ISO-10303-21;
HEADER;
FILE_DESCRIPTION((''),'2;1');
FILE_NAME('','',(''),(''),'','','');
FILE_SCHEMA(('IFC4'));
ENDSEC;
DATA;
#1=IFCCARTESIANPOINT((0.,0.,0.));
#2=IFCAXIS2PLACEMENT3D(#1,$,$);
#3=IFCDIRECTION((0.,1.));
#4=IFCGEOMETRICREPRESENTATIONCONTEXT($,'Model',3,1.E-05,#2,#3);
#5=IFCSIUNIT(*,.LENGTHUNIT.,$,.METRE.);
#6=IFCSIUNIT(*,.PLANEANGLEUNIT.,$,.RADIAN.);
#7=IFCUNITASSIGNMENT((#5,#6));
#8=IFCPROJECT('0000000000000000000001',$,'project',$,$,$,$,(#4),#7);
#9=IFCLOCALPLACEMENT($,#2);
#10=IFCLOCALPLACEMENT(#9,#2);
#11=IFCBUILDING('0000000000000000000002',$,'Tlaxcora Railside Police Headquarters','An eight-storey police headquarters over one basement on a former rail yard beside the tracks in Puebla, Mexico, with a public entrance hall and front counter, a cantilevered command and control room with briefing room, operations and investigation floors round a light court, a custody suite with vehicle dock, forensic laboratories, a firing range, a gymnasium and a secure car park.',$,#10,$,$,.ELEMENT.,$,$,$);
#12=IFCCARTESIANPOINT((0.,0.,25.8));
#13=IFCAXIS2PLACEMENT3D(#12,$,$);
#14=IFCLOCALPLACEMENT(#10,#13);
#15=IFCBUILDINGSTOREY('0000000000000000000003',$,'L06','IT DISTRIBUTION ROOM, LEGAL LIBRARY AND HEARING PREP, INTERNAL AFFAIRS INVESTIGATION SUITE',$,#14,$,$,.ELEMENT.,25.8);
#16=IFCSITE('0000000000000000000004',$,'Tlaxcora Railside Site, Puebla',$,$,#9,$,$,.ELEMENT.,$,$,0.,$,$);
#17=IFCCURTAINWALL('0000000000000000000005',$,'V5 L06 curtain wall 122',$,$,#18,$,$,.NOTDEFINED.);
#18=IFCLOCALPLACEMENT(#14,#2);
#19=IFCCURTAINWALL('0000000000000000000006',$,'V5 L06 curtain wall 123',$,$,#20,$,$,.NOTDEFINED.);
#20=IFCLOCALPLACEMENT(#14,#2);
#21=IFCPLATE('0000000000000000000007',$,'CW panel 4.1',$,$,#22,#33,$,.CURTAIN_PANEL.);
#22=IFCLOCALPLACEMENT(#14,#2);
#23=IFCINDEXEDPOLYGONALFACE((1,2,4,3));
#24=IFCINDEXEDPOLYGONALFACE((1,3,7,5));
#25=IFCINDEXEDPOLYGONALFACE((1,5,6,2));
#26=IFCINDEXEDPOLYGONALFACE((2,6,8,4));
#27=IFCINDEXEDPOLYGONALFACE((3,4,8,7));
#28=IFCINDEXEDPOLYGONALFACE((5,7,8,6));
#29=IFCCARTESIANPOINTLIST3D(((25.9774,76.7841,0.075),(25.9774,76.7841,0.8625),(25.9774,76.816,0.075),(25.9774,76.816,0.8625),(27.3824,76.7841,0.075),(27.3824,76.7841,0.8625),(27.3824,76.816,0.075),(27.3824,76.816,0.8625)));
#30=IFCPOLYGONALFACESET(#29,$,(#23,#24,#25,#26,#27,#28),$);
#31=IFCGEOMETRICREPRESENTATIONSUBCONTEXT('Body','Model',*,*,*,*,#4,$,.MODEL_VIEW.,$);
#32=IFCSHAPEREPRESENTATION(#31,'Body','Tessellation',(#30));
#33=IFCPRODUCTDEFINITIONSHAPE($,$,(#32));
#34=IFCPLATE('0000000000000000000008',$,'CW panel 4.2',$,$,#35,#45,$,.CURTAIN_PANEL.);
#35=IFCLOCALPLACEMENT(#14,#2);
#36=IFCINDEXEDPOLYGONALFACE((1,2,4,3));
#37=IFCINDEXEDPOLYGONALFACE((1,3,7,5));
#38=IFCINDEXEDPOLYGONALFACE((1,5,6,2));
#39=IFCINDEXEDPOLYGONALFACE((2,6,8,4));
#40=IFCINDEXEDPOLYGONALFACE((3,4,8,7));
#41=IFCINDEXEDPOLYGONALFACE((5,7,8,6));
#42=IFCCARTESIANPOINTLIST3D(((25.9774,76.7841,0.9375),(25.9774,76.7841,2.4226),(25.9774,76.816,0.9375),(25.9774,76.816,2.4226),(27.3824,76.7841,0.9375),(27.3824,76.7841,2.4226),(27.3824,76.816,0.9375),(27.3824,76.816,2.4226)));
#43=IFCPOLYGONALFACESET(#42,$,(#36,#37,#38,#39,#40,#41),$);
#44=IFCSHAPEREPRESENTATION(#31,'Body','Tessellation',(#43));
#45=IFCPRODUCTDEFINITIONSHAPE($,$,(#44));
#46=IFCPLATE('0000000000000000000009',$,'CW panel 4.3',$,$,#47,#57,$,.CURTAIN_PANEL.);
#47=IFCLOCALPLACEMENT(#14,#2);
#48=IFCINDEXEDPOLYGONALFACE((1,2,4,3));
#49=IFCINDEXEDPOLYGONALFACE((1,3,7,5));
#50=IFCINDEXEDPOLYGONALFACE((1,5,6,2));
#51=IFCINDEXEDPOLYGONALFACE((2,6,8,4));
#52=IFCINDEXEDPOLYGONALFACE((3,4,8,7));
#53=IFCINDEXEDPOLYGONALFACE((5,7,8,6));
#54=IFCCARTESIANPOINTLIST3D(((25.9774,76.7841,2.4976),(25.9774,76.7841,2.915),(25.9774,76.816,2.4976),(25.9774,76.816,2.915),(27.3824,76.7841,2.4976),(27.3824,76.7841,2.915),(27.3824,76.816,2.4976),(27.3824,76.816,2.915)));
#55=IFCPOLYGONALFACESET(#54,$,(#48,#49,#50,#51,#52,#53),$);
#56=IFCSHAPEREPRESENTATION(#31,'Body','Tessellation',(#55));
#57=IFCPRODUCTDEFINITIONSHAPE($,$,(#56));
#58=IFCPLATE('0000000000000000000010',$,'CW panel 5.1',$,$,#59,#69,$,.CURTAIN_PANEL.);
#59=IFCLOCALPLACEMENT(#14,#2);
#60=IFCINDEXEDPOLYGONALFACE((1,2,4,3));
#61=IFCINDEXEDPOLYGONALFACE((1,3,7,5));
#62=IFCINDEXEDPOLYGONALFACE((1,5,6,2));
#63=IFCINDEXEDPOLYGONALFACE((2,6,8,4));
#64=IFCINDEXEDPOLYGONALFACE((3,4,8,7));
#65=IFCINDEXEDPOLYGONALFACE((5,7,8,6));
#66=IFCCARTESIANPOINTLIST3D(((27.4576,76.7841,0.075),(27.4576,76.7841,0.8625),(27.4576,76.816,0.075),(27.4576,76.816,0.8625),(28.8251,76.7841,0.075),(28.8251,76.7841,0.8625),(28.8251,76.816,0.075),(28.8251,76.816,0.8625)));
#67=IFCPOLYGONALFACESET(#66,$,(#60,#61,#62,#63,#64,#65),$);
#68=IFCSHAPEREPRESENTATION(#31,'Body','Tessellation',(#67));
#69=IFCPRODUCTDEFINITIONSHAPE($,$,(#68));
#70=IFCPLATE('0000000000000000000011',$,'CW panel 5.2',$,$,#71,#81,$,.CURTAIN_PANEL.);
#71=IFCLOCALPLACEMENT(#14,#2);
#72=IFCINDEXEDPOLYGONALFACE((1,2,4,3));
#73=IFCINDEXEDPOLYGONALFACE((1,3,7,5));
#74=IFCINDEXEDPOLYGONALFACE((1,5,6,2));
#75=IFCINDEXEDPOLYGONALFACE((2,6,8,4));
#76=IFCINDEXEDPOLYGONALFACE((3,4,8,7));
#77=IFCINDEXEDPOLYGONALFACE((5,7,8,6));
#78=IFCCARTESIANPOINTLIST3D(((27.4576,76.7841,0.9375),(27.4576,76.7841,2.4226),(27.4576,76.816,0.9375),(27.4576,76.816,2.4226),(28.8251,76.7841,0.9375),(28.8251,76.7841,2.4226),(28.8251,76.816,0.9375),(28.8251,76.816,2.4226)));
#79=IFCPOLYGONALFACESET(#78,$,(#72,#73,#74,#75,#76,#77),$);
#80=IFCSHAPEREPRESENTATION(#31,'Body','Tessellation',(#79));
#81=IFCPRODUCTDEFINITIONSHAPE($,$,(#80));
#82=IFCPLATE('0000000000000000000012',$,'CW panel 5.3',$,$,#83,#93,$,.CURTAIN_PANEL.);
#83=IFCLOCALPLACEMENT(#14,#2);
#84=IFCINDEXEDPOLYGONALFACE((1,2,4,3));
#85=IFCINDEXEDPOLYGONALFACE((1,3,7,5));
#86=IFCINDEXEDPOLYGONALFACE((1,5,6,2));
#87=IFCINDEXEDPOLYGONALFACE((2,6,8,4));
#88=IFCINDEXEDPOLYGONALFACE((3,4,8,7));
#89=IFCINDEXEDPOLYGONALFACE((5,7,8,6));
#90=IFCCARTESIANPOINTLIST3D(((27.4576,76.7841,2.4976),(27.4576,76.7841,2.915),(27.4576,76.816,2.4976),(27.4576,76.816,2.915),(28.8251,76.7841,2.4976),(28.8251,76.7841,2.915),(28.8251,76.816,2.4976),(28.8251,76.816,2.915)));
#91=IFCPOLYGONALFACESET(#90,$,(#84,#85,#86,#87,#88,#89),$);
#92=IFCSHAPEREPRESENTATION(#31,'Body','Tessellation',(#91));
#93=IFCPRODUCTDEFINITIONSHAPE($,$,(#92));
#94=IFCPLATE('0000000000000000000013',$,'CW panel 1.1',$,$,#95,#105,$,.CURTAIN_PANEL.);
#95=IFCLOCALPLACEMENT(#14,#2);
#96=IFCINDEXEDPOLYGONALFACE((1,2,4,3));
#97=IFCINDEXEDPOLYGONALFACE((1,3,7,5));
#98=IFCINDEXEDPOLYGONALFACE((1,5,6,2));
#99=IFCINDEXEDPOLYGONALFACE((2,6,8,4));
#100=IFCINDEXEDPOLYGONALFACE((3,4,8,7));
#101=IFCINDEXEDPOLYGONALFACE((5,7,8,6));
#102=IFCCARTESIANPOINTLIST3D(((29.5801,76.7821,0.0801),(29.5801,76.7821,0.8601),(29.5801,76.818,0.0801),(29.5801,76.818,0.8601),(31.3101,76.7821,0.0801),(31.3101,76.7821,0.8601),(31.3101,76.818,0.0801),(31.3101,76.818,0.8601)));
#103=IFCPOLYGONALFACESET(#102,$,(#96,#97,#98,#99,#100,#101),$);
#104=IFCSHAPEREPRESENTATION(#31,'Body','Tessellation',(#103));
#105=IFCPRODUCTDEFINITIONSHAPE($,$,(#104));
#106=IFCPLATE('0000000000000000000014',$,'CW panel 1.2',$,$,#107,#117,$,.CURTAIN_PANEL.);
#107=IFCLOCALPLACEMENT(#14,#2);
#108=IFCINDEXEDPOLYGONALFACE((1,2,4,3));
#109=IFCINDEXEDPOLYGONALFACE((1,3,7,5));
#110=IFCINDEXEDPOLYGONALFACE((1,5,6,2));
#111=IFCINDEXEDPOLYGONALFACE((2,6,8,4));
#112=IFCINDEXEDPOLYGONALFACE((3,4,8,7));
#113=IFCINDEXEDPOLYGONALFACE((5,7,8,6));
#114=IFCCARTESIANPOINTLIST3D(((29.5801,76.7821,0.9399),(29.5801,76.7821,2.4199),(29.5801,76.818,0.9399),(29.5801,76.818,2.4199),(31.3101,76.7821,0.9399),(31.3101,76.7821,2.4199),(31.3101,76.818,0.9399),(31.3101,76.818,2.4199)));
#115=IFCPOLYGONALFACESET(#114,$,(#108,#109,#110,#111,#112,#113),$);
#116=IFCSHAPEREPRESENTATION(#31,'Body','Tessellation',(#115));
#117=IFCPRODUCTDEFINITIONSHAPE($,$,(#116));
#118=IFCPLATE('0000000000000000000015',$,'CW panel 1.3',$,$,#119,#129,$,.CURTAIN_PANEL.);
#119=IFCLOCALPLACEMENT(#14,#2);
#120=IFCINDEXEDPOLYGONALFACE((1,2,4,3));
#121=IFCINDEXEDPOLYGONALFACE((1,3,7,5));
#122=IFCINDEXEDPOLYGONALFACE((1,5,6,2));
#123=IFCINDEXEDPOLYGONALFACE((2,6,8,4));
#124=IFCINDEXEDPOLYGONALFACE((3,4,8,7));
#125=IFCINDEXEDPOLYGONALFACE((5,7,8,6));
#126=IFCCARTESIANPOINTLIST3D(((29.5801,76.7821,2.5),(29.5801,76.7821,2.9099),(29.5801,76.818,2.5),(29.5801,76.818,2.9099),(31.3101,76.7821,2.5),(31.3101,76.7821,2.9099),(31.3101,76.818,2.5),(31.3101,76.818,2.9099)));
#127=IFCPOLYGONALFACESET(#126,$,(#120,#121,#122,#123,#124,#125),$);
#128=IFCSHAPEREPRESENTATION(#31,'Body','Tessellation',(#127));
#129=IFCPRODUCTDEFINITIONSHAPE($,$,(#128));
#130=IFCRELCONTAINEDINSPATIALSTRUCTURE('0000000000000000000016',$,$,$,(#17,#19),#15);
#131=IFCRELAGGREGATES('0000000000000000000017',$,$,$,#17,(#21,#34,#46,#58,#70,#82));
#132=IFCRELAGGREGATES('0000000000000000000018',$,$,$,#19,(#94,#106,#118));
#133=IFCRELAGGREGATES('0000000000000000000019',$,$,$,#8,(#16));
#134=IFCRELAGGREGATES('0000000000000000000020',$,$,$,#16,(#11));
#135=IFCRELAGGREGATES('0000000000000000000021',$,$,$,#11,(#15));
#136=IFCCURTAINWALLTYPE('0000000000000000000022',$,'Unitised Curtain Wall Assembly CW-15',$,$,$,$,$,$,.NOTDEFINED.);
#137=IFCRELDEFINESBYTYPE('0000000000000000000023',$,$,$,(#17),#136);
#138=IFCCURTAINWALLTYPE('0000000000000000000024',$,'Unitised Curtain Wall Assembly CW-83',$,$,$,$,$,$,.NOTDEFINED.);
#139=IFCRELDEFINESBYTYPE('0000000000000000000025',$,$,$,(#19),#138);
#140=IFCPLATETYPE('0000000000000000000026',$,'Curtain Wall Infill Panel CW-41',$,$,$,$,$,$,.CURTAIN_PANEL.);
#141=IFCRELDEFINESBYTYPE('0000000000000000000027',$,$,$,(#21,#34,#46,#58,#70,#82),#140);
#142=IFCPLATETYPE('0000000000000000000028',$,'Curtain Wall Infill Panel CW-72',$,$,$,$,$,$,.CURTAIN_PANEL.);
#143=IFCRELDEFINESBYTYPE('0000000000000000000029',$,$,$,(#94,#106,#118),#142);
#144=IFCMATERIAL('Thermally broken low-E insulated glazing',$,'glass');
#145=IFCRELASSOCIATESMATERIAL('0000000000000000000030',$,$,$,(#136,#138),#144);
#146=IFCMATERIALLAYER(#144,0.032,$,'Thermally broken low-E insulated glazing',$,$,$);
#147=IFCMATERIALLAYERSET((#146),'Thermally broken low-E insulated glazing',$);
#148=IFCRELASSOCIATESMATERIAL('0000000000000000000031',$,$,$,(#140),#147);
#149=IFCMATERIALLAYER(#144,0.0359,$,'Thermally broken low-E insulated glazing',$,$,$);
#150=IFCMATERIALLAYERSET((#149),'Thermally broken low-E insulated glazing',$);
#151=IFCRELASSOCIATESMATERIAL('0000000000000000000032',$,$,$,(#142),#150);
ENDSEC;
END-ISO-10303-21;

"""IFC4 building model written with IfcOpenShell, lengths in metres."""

from ifc_helpers import new_model, si_unit, direction, frame, origin, origin_2d, place, context, subcontext, project, spatial, rectangle, extrude, material, layer, layer_set, type_object, element, aggregate, save


model = new_model("IFC4")

# Units and contexts
model_context = context("Model", 3, precision=1e-05, world=origin(), true_north=direction((0.0, 1.0)))
body_context = subcontext(model_context, "Body", "Model", "MODEL_VIEW")
ifc_project = project(units=[si_unit("LENGTHUNIT", "METRE"), si_unit("PLANEANGLEUNIT", "RADIAN")], contexts=[model_context])

# Site, building, storey
site_placement = place(None, origin())
site = spatial("IfcSite", under=ifc_project, at=site_placement, Name="Tlaxcora Railside Site, Puebla", CompositionType="ELEMENT", RefElevation=0.0)
building_placement = place(site_placement, origin())
building = spatial("IfcBuilding", under=site, at=building_placement, Name="Tlaxcora Railside Police Headquarters", Description="An eight-storey police headquarters over one basement on a former rail yard beside the tracks in Puebla, Mexico, with a public entrance hall and front counter, a cantilevered command and control room with briefing room, operations and investigation floors round a light court, a custody suite with vehicle dock, forensic laboratories, a firing range, a gymnasium and a secure car park.", CompositionType="ELEMENT")
storey_placement = place(building_placement, frame((0.0, 0.0, 25.8)))
storey = spatial("IfcBuildingStorey", under=building, at=storey_placement, Name="L06", Description="IT DISTRIBUTION ROOM, LEGAL LIBRARY AND HEARING PREP, INTERNAL AFFAIRS INVESTIGATION SUITE", CompositionType="ELEMENT", Elevation=25.8)

# Curtain wall
ifc_material_1 = material(Name="Thermally broken low-E insulated glazing", Category="glass")
curtain_wall_type_1 = type_object("IfcCurtainWallType", Name="Unitised Curtain Wall Assembly CW-15", PredefinedType="NOTDEFINED", material=ifc_material_1)
curtain_wall_1_placement = place(storey_placement, origin())
curtain_wall_1 = element("IfcCurtainWall", 1, at=curtain_wall_1_placement, inside=storey, type_object=curtain_wall_type_1, Name="V5 L06 curtain wall 122", PredefinedType="NOTDEFINED")

# Curtain wall
curtain_wall_type_2 = type_object("IfcCurtainWallType", Name="Unitised Curtain Wall Assembly CW-83", PredefinedType="NOTDEFINED", material=ifc_material_1)
curtain_wall_2_placement = place(storey_placement, origin())
curtain_wall_2 = element("IfcCurtainWall", 2, at=curtain_wall_2_placement, inside=storey, type_object=curtain_wall_type_2, Name="V5 L06 curtain wall 123", PredefinedType="NOTDEFINED")

# Plates
ifc_layer_1 = layer(ifc_material_1, 0.032, Name="Thermally broken low-E insulated glazing")
ifc_layer_set_1 = layer_set([ifc_layer_1], Name="Thermally broken low-E insulated glazing")
plate_type_1 = type_object("IfcPlateType", Name="Curtain Wall Infill Panel CW-41", PredefinedType="CURTAIN_PANEL", material=ifc_layer_set_1)
plate_1_placement = place(storey_placement, frame((26.6799, 76.8, 0.075), z_axis=(0.0, 0.0, 1.0), x_axis=(1.0, 0.0, 0.0)))
plate_1 = element("IfcPlate", 3, at=plate_1_placement, type_object=plate_type_1, Name="CW panel 4.1", PredefinedType="CURTAIN_PANEL", context=body_context, shape_type="SweptSolid", body=[
    extrude(rectangle(XDim=1.405, YDim=0.032, at=origin_2d()), origin(), (0.0, 0.0, 1.0), 0.7876),
])
plate_2_placement = place(storey_placement, frame((26.6799, 76.8, 0.9375), z_axis=(0.0, 0.0, 1.0), x_axis=(1.0, 0.0, 0.0)))
plate_2 = element("IfcPlate", 4, at=plate_2_placement, type_object=plate_type_1, Name="CW panel 4.2", PredefinedType="CURTAIN_PANEL", context=body_context, shape_type="SweptSolid", body=[
    extrude(rectangle(XDim=1.405, YDim=0.032, at=origin_2d()), origin(), (0.0, 0.0, 1.0), 1.4851),
])
plate_3_placement = place(storey_placement, frame((26.6799, 76.8, 2.4976), z_axis=(0.0, 0.0, 1.0), x_axis=(1.0, 0.0, 0.0)))
plate_3 = element("IfcPlate", 5, at=plate_3_placement, type_object=plate_type_1, Name="CW panel 4.3", PredefinedType="CURTAIN_PANEL", context=body_context, shape_type="SweptSolid", body=[
    extrude(rectangle(XDim=1.405, YDim=0.032, at=origin_2d()), origin(), (0.0, 0.0, 1.0), 0.4175),
])
plate_4_placement = place(storey_placement, frame((28.1414, 76.8, 0.075), z_axis=(0.0, 0.0, 1.0), x_axis=(1.0, 0.0, 0.0)))
plate_4 = element("IfcPlate", 6, at=plate_4_placement, type_object=plate_type_1, Name="CW panel 5.1", PredefinedType="CURTAIN_PANEL", context=body_context, shape_type="SweptSolid", body=[
    extrude(rectangle(XDim=1.3674, YDim=0.032, at=origin_2d()), origin(), (0.0, 0.0, 1.0), 0.7876),
])
plate_5_placement = place(storey_placement, frame((28.1414, 76.8, 0.9375), z_axis=(0.0, 0.0, 1.0), x_axis=(1.0, 0.0, 0.0)))
plate_5 = element("IfcPlate", 7, at=plate_5_placement, type_object=plate_type_1, Name="CW panel 5.2", PredefinedType="CURTAIN_PANEL", context=body_context, shape_type="SweptSolid", body=[
    extrude(rectangle(XDim=1.3674, YDim=0.032, at=origin_2d()), origin(), (0.0, 0.0, 1.0), 1.4851),
])
plate_6_placement = place(storey_placement, frame((28.1414, 76.8, 2.4976), z_axis=(0.0, 0.0, 1.0), x_axis=(1.0, 0.0, 0.0)))
plate_6 = element("IfcPlate", 8, at=plate_6_placement, type_object=plate_type_1, Name="CW panel 5.3", PredefinedType="CURTAIN_PANEL", context=body_context, shape_type="SweptSolid", body=[
    extrude(rectangle(XDim=1.3674, YDim=0.032, at=origin_2d()), origin(), (0.0, 0.0, 1.0), 0.4175),
])
aggregate(curtain_wall_1, [plate_1, plate_2, plate_3, plate_4, plate_5, plate_6])
ifc_layer_2 = layer(ifc_material_1, 0.0359, Name="Thermally broken low-E insulated glazing")
ifc_layer_set_2 = layer_set([ifc_layer_2], Name="Thermally broken low-E insulated glazing")
plate_type_2 = type_object("IfcPlateType", Name="Curtain Wall Infill Panel CW-72", PredefinedType="CURTAIN_PANEL", material=ifc_layer_set_2)
plate_7_placement = place(storey_placement, frame((30.4451, 76.8, 0.0801), z_axis=(0.0, 0.0, 1.0), x_axis=(1.0, 0.0, 0.0)))
plate_7 = element("IfcPlate", 9, at=plate_7_placement, type_object=plate_type_2, Name="CW panel 1.1", PredefinedType="CURTAIN_PANEL", context=body_context, shape_type="SweptSolid", body=[
    extrude(rectangle(XDim=1.73, YDim=0.0359, at=origin_2d()), origin(), (0.0, 0.0, 1.0), 0.78),
])
plate_8_placement = place(storey_placement, frame((30.4451, 76.8, 0.9399), z_axis=(0.0, 0.0, 1.0), x_axis=(1.0, 0.0, 0.0)))
plate_8 = element("IfcPlate", 10, at=plate_8_placement, type_object=plate_type_2, Name="CW panel 1.2", PredefinedType="CURTAIN_PANEL", context=body_context, shape_type="SweptSolid", body=[
    extrude(rectangle(XDim=1.73, YDim=0.0359, at=origin_2d()), origin(), (0.0, 0.0, 1.0), 1.48),
])
plate_9_placement = place(storey_placement, frame((30.4451, 76.8, 2.5), z_axis=(0.0, 0.0, 1.0), x_axis=(1.0, 0.0, 0.0)))
plate_9 = element("IfcPlate", 11, at=plate_9_placement, type_object=plate_type_2, Name="CW panel 1.3", PredefinedType="CURTAIN_PANEL", context=body_context, shape_type="SweptSolid", body=[
    extrude(rectangle(XDim=1.73, YDim=0.0359, at=origin_2d()), origin(), (0.0, 0.0, 1.0), 0.4099),
])
aggregate(curtain_wall_2, [plate_7, plate_8, plate_9])

save(model, "model.ifc")
